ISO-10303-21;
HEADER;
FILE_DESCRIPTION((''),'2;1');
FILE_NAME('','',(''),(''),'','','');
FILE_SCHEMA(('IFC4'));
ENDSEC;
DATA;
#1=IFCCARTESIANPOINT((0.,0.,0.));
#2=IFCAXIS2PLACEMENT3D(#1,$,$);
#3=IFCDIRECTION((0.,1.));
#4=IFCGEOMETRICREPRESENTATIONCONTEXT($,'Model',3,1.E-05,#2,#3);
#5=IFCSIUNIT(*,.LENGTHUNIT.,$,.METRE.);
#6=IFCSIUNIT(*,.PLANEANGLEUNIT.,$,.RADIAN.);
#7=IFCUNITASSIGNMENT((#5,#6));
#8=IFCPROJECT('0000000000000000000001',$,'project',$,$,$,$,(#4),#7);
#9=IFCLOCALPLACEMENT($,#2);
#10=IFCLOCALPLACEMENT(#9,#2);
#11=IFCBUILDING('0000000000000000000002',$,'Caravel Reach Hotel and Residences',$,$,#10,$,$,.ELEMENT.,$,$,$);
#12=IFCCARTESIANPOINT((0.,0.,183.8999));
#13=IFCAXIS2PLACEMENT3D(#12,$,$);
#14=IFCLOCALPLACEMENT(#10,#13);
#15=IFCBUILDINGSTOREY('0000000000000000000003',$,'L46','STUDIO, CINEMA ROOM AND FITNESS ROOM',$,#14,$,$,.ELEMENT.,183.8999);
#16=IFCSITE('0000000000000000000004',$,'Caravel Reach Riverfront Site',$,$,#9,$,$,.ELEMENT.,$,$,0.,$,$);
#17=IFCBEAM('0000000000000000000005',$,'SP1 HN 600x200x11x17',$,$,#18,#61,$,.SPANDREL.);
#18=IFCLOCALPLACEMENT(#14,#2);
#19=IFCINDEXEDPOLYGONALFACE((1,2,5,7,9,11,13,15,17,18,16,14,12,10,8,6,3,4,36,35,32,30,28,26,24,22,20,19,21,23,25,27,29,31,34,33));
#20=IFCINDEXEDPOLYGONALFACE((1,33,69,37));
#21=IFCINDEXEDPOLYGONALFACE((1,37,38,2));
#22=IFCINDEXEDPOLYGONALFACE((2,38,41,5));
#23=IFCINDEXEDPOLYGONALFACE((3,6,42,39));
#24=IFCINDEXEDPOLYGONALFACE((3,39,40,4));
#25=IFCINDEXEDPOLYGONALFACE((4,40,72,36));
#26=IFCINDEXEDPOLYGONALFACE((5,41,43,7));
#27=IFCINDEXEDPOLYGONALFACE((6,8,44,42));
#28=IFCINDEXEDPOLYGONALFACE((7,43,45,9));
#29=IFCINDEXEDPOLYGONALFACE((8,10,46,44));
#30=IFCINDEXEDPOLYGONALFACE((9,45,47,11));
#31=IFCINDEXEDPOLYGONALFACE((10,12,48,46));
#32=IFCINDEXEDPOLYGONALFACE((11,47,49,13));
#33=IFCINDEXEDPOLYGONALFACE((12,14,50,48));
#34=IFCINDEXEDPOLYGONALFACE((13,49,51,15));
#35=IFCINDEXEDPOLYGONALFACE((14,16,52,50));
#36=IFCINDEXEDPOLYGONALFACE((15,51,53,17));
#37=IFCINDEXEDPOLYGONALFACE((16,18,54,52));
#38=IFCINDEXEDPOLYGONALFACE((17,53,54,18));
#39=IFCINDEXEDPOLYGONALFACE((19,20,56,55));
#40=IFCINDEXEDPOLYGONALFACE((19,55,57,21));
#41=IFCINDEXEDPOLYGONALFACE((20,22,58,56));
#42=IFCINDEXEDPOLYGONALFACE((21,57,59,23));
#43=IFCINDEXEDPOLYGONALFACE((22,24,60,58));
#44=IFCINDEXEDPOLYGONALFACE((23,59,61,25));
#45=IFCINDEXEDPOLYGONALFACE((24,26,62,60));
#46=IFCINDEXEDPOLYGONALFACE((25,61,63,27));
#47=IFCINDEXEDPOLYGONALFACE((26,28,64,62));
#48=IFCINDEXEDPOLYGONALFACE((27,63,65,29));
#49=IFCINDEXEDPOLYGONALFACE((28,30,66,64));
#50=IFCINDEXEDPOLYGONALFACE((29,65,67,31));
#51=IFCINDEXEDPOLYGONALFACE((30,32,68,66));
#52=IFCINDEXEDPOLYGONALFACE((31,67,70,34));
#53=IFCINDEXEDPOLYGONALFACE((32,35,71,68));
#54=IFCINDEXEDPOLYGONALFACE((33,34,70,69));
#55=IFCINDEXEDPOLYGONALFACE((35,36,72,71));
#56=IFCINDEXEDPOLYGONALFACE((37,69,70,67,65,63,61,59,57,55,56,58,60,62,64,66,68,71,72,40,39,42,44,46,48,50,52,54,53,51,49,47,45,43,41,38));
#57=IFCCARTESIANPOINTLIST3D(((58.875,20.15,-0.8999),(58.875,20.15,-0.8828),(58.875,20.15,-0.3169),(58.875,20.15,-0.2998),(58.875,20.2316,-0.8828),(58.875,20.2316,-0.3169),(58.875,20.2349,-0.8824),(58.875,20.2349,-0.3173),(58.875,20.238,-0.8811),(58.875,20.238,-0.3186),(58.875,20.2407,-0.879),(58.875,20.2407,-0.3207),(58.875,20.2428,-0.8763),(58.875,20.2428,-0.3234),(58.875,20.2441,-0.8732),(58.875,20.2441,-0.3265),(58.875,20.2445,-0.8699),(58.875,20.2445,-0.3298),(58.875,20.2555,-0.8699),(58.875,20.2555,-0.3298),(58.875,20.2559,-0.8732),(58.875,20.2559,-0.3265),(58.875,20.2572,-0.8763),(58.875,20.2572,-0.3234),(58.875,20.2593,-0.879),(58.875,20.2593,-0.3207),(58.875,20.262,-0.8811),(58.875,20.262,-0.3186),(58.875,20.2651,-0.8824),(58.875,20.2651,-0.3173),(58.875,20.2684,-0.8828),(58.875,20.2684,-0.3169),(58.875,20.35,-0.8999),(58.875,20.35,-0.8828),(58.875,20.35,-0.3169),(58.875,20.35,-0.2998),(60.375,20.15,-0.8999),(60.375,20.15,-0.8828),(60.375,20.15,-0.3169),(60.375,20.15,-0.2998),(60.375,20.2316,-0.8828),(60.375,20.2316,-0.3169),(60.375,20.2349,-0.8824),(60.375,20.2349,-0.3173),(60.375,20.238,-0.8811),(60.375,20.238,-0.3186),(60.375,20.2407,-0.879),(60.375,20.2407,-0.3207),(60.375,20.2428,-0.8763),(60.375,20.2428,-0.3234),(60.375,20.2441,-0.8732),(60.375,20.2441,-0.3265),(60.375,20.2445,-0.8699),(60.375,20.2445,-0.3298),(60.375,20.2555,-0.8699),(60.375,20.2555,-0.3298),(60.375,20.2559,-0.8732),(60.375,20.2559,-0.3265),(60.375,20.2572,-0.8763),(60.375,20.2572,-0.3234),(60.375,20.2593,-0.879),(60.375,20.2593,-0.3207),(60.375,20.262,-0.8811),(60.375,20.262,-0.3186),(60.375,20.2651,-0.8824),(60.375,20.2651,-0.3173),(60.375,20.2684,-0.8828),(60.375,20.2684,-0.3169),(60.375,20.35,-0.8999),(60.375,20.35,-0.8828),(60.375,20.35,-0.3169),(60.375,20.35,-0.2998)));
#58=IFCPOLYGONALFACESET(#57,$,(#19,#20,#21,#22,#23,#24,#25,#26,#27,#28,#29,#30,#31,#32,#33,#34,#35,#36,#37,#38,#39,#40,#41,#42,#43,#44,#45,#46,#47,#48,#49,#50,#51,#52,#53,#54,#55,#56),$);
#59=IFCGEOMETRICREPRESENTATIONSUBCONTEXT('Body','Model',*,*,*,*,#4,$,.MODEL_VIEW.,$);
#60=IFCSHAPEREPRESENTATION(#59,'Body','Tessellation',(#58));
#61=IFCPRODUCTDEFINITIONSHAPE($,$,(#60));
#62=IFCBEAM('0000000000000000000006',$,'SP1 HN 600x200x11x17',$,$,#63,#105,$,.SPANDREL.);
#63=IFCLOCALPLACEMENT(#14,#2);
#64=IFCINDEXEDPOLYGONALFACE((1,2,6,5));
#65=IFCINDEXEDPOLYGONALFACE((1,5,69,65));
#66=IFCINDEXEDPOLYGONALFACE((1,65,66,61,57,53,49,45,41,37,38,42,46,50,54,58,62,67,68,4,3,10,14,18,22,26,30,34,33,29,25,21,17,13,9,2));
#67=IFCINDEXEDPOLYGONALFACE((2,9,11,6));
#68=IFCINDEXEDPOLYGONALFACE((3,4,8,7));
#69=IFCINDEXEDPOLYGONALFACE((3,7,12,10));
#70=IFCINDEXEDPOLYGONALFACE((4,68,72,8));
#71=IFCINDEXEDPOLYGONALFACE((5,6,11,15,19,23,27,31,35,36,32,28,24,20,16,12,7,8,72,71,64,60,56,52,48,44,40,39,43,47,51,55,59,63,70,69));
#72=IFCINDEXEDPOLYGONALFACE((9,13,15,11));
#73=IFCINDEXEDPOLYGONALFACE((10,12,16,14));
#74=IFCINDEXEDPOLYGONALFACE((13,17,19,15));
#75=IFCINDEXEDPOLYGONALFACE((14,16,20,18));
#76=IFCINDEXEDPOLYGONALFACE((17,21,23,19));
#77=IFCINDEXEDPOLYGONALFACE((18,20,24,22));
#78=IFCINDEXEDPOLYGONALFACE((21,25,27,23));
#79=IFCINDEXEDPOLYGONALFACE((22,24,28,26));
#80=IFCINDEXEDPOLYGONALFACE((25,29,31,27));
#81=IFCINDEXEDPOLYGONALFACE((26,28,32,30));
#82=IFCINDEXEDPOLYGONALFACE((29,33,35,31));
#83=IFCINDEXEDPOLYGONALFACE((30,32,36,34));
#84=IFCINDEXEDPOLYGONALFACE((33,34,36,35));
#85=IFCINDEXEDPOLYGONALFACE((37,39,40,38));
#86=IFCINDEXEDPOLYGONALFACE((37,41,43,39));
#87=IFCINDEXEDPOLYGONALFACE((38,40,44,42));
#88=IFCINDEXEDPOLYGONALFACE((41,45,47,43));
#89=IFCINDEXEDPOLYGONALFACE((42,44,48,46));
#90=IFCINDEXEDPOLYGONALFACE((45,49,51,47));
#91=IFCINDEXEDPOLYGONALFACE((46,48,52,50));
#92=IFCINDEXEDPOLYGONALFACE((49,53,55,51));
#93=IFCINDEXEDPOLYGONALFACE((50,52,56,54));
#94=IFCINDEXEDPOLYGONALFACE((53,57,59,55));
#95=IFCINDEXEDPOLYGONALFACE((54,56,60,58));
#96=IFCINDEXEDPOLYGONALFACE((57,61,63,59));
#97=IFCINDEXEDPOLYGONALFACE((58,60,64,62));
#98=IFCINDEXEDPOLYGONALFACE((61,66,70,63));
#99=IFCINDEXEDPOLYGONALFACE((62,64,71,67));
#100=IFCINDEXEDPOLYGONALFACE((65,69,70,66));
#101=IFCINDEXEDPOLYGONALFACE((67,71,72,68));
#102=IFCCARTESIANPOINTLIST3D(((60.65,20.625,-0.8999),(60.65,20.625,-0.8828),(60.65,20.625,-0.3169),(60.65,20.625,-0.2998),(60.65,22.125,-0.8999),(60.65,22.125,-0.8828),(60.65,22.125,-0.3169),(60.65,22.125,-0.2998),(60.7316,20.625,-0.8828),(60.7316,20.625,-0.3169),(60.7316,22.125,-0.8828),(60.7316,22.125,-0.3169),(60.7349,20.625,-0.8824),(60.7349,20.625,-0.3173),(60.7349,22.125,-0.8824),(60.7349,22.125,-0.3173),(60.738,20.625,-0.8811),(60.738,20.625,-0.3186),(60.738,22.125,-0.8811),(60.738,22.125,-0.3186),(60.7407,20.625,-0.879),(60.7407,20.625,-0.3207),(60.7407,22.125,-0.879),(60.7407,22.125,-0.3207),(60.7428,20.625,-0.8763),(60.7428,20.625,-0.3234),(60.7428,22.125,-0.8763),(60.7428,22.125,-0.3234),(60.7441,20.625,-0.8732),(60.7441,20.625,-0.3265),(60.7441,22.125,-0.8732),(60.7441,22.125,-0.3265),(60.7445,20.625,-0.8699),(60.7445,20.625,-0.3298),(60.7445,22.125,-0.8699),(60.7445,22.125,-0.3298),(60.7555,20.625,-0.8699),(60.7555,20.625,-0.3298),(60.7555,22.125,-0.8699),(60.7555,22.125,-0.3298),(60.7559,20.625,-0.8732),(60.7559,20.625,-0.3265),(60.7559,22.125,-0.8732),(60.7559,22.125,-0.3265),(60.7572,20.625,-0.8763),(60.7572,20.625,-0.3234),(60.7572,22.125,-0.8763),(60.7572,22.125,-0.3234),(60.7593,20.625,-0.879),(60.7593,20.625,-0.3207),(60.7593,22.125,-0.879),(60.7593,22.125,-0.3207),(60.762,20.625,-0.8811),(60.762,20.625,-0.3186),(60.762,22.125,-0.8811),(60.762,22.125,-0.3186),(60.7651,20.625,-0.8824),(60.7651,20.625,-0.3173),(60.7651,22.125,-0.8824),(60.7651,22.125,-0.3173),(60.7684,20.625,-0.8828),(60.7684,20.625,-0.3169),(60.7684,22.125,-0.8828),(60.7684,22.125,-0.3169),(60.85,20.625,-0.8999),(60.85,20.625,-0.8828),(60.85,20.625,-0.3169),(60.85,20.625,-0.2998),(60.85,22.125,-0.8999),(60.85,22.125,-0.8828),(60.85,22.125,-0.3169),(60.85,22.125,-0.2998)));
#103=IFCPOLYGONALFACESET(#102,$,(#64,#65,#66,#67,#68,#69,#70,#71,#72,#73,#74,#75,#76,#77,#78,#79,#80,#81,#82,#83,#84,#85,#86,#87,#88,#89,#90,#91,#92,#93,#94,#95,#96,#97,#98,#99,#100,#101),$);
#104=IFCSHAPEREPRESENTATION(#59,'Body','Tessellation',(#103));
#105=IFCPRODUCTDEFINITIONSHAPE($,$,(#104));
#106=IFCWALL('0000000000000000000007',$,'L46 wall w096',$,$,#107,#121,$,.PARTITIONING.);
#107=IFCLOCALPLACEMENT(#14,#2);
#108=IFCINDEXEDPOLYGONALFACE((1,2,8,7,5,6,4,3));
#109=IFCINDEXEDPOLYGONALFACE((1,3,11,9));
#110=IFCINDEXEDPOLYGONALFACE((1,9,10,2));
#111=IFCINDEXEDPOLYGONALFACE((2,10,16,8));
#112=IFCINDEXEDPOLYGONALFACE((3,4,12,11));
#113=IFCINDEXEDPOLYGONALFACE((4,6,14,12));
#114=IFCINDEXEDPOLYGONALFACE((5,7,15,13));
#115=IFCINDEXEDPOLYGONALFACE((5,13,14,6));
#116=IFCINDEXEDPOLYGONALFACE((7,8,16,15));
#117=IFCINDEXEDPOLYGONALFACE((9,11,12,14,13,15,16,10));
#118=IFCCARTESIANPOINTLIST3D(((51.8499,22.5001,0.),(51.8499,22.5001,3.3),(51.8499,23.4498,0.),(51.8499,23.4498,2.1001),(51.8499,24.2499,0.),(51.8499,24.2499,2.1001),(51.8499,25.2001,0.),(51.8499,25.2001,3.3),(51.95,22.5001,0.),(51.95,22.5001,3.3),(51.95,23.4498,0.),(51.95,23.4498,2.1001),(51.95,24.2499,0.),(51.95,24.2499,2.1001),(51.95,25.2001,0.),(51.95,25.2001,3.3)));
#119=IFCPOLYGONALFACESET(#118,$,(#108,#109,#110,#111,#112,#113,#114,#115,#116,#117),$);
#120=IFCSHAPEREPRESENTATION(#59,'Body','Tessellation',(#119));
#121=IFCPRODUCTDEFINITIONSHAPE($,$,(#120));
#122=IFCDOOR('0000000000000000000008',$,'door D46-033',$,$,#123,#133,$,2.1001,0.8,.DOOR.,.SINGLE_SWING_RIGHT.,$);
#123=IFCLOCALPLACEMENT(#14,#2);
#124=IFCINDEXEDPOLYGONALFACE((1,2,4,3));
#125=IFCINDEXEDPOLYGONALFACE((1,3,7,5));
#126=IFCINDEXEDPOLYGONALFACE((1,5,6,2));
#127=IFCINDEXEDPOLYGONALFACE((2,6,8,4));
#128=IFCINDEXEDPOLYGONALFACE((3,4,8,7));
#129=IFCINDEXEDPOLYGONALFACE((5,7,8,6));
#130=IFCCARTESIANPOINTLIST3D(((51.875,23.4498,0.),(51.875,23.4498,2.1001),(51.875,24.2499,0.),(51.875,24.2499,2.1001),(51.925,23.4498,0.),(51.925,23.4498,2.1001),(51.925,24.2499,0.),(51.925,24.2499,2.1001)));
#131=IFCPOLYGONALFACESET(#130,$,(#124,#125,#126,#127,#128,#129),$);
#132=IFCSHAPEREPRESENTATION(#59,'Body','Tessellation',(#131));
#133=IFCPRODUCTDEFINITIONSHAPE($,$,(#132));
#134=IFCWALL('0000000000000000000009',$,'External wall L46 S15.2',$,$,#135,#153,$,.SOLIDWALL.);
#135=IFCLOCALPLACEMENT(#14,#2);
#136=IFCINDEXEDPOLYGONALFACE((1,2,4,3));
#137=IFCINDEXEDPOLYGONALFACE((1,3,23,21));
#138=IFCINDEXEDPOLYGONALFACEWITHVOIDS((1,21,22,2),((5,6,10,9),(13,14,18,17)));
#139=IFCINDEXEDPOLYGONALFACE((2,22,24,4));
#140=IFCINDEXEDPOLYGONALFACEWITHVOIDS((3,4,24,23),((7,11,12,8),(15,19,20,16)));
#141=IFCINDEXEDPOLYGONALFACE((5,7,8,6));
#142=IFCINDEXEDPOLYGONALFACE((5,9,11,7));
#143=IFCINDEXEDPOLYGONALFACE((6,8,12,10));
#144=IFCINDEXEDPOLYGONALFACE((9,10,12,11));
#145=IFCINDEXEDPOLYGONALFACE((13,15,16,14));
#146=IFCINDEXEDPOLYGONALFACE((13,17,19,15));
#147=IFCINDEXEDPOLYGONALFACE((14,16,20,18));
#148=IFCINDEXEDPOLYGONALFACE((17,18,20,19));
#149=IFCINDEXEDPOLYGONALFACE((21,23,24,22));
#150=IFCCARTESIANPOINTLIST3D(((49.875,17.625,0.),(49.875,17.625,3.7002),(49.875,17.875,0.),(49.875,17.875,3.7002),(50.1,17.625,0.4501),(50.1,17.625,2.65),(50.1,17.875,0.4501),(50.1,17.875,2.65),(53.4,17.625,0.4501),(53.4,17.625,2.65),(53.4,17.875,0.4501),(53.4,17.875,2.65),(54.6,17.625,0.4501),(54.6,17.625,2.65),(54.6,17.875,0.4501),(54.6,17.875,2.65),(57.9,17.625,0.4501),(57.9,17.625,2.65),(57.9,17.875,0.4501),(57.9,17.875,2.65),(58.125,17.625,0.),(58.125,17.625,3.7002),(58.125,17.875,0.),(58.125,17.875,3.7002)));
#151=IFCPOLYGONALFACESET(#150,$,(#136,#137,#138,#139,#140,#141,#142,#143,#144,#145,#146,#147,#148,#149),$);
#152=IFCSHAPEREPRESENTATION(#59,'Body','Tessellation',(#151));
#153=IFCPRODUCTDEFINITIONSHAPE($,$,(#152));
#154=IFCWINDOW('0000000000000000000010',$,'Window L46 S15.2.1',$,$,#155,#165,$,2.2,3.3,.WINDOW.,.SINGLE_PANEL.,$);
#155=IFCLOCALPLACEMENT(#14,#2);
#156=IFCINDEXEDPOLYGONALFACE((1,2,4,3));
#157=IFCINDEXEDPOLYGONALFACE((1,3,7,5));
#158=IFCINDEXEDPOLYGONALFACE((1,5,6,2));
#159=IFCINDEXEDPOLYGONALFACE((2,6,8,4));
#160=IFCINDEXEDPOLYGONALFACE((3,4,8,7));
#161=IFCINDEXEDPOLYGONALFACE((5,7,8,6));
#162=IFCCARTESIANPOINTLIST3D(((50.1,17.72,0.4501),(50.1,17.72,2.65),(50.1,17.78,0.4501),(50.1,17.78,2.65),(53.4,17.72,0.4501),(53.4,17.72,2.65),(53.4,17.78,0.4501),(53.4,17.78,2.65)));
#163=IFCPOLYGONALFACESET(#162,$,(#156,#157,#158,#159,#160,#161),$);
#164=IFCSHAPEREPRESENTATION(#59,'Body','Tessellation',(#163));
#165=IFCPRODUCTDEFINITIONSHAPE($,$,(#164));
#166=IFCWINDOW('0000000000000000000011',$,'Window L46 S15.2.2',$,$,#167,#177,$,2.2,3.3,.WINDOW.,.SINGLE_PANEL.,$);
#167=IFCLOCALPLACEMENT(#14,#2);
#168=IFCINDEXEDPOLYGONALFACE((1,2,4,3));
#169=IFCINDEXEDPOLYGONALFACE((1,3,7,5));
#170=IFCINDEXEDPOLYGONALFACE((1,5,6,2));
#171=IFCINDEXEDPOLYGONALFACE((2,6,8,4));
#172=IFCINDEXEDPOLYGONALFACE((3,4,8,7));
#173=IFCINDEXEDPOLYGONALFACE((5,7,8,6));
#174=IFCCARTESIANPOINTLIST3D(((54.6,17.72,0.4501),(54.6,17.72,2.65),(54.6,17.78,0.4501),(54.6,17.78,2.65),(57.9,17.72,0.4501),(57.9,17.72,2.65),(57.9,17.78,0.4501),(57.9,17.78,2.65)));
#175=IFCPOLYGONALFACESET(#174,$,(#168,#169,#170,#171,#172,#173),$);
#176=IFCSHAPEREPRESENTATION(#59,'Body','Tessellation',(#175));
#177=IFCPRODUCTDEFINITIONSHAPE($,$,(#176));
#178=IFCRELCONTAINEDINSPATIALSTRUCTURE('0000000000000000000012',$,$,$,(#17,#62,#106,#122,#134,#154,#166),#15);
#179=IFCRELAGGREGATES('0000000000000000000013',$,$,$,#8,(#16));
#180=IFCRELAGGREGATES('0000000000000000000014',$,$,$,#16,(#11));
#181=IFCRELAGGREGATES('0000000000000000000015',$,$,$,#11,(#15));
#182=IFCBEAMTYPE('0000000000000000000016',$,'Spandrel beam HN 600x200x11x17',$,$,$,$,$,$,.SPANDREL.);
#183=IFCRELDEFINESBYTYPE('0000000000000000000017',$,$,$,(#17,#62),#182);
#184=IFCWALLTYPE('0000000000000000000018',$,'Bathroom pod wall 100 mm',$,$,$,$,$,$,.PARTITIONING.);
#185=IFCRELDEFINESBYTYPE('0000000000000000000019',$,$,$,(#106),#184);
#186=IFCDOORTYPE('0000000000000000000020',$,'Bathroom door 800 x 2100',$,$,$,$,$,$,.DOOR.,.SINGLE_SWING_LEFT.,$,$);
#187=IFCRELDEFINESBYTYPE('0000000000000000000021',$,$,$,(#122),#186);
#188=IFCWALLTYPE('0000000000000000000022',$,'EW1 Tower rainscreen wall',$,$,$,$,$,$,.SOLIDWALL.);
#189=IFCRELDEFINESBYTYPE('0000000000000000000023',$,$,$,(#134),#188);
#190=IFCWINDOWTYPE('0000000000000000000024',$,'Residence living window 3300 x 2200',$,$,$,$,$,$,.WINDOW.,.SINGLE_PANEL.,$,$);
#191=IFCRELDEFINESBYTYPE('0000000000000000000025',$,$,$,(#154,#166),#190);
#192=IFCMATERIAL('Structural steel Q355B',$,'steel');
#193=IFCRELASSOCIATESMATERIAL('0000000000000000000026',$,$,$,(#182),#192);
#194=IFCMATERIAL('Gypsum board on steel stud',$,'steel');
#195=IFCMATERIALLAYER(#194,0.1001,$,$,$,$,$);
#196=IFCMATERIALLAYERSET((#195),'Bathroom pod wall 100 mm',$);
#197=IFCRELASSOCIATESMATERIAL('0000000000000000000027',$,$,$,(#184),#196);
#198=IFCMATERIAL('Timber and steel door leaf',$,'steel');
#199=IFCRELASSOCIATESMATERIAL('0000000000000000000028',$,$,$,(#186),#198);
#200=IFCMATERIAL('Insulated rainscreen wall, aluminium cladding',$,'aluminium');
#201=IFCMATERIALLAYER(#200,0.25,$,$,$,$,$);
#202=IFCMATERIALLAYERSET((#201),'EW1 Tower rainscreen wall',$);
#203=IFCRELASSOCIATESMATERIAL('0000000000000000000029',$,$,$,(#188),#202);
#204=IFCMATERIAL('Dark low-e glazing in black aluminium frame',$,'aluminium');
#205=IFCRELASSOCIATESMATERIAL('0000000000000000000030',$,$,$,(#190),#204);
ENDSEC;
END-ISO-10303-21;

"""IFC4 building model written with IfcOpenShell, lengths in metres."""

from ifc_helpers import new_model, si_unit, direction, frame, frame_2d, origin, origin_2d, place, context, subcontext, project, spatial, rectangle, i_section, extrude, material, layer, layer_set, material_profile, profile_set, type_object, element, fill, save


model = new_model("IFC4")

# Units and contexts
model_context = context("Model", 3, precision=1e-05, world=origin(), true_north=direction((0.0, 1.0)))
body_context = subcontext(model_context, "Body", "Model", "MODEL_VIEW")
ifc_project = project(units=[si_unit("LENGTHUNIT", "METRE"), si_unit("PLANEANGLEUNIT", "RADIAN")], contexts=[model_context])

# Site, building, storey
site_placement = place(None, origin())
site = spatial("IfcSite", under=ifc_project, at=site_placement, Name="Caravel Reach Riverfront Site", CompositionType="ELEMENT", RefElevation=0.0)
building_placement = place(site_placement, origin())
building = spatial("IfcBuilding", under=site, at=building_placement, Name="Caravel Reach Hotel and Residences", CompositionType="ELEMENT")
storey_placement = place(building_placement, frame((0.0, 0.0, 183.8999)))
storey = spatial("IfcBuildingStorey", under=building, at=storey_placement, Name="L46", Description="STUDIO, CINEMA ROOM AND FITNESS ROOM", CompositionType="ELEMENT", Elevation=183.8999)

# Beams
ifc_material_1 = material(Name="Structural steel Q355B", Category="steel")
ifc_material_profile_1 = material_profile(ifc_material_1, i_section(OverallWidth=0.2, OverallDepth=0.6001, WebThickness=0.011, FlangeThickness=0.0171, FilletRadius=0.0129, at=origin_2d()), Name="HN 600x200x11x17")
ifc_profile_set_1 = profile_set([ifc_material_profile_1], Name="Structural steel Q355B")
beam_type_1 = type_object("IfcBeamType", Name="Spandrel beam HN 600x200x11x17", PredefinedType="SPANDREL", material=ifc_profile_set_1)
for number, where, z_axis, x_axis, name in (
    (1, (58.875, 20.25, -0.5999), (1.0, 0.0, 0.0), (0.0, 1.0, 0.0), "SP1 HN 600x200x11x17"),
    (2, (60.75, 20.625, -0.5999), (0.0, 1.0, 0.0), (-1.0, 0.0, 0.0), "SP1 HN 600x200x11x17"),
):
    element("IfcBeam", number, at=place(storey_placement, frame(where, z_axis=z_axis, x_axis=x_axis)), inside=storey, type_object=beam_type_1, Name=name, PredefinedType="SPANDREL", context=body_context, shape_type="SweptSolid", body=[
        extrude(i_section(OverallWidth=0.2, OverallDepth=0.6001, WebThickness=0.011, FlangeThickness=0.0171, FilletRadius=0.0129, at=origin_2d()), origin(), (0.0, 0.0, 1.0), 1.5),
    ])

# Wall, opening, door
ifc_material_2 = material(Name="Gypsum board on steel stud", Category="steel")
ifc_layer_1 = layer(ifc_material_2, 0.1001)
ifc_layer_set_1 = layer_set([ifc_layer_1], Name="Bathroom pod wall 100 mm")
wall_type_1 = type_object("IfcWallType", Name="Bathroom pod wall 100 mm", PredefinedType="PARTITIONING", material=ifc_layer_set_1)
wall_1_placement = place(storey_placement, frame((51.8999, 22.5, 0.0), z_axis=(0.0, 0.0, 1.0), x_axis=(0.0, 1.0, 0.0)))
wall_1 = element("IfcWall", 3, at=wall_1_placement, inside=storey, type_object=wall_type_1, Name="L46 wall w096", PredefinedType="PARTITIONING", context=body_context, shape_type="SweptSolid", body=[
    extrude(rectangle(XDim=2.7, YDim=0.1001, at=frame_2d((1.3501, 0.0))), origin(), (0.0, 0.0, 1.0), 3.3),
])
opening_1_placement = place(wall_1_placement, frame((0.95, 0.0, 0.0)))
opening_1 = element("IfcOpeningElement", 4, at=opening_1_placement, cuts=wall_1, PredefinedType="OPENING", context=body_context, shape_type="SweptSolid", body=[
    extrude(rectangle(XDim=0.8, YDim=2.1001, at=frame_2d((0.3999, 1.05))), frame((0.0, 0.0601, 0.0), z_axis=(0.0, -1.0, 0.0), x_axis=(1.0, 0.0, 0.0)), (0.0, 0.0, 1.0), 0.1201),
])
ifc_material_3 = material(Name="Timber and steel door leaf", Category="steel")
door_type_1 = type_object("IfcDoorType", Name="Bathroom door 800 x 2100", OperationType="SINGLE_SWING_LEFT", PredefinedType="DOOR", material=ifc_material_3)
door_1_placement = place(opening_1_placement, origin())
door_1 = element("IfcDoor", 5, at=door_1_placement, inside=storey, type_object=door_type_1, Name="door D46-033", OperationType="SINGLE_SWING_RIGHT", OverallHeight=2.1001, OverallWidth=0.8, PredefinedType="DOOR", context=body_context, shape_type="SweptSolid", body=[
    extrude(rectangle(XDim=0.8, YDim=2.1001, at=frame_2d((0.3999, 1.05))), frame((0.0, 0.0249, 0.0), z_axis=(0.0, -1.0, 0.0), x_axis=(1.0, 0.0, 0.0)), (0.0, 0.0, 1.0), 0.05),
])
fill(opening_1, door_1)

# Wall, openings, windows
ifc_material_4 = material(Name="Insulated rainscreen wall, aluminium cladding", Category="aluminium")
ifc_layer_2 = layer(ifc_material_4, 0.25)
ifc_layer_set_2 = layer_set([ifc_layer_2], Name="EW1 Tower rainscreen wall")
wall_type_2 = type_object("IfcWallType", Name="EW1 Tower rainscreen wall", PredefinedType="SOLIDWALL", material=ifc_layer_set_2)
wall_2_placement = place(storey_placement, frame((49.875, 17.75, 0.0), z_axis=(0.0, 0.0, 1.0), x_axis=(1.0, 0.0, 0.0)))
wall_2 = element("IfcWall", 6, at=wall_2_placement, inside=storey, type_object=wall_type_2, Name="External wall L46 S15.2", PredefinedType="SOLIDWALL", context=body_context, shape_type="SweptSolid", body=[
    extrude(rectangle(XDim=8.25, YDim=0.25, at=frame_2d((4.125, 0.0))), origin(), (0.0, 0.0, 1.0), 3.7002),
])
opening_2_placement = place(wall_2_placement, frame((0.2251, 0.0, 0.45)))
opening_2 = element("IfcOpeningElement", 7, at=opening_2_placement, cuts=wall_2, PredefinedType="OPENING", context=body_context, shape_type="SweptSolid", body=[
    extrude(rectangle(XDim=3.3, YDim=2.2, at=frame_2d((1.6499, 1.1001))), frame((0.0, 0.135, 0.0), z_axis=(0.0, -1.0, 0.0), x_axis=(1.0, 0.0, 0.0)), (0.0, 0.0, 1.0), 0.27),
])
opening_3_placement = place(wall_2_placement, frame((4.7251, 0.0, 0.45)))
opening_3 = element("IfcOpeningElement", 8, at=opening_3_placement, cuts=wall_2, PredefinedType="OPENING", context=body_context, shape_type="SweptSolid", body=[
    extrude(rectangle(XDim=3.3, YDim=2.2, at=frame_2d((1.6499, 1.1001))), frame((0.0, 0.135, 0.0), z_axis=(0.0, -1.0, 0.0), x_axis=(1.0, 0.0, 0.0)), (0.0, 0.0, 1.0), 0.27),
])
ifc_material_5 = material(Name="Dark low-e glazing in black aluminium frame", Category="aluminium")
window_type_1 = type_object("IfcWindowType", Name="Residence living window 3300 x 2200", PartitioningType="SINGLE_PANEL", PredefinedType="WINDOW", material=ifc_material_5)
window_1_placement = place(opening_2_placement, origin())
window_1 = element("IfcWindow", 9, at=window_1_placement, inside=storey, type_object=window_type_1, Name="Window L46 S15.2.1", OverallHeight=2.2, OverallWidth=3.3, PartitioningType="SINGLE_PANEL", PredefinedType="WINDOW", context=body_context, shape_type="SweptSolid", body=[
    extrude(rectangle(XDim=3.3, YDim=2.2, at=frame_2d((1.6499, 1.1001))), frame((0.0, 0.03, 0.0), z_axis=(0.0, -1.0, 0.0), x_axis=(1.0, 0.0, 0.0)), (0.0, 0.0, 1.0), 0.0601),
])
fill(opening_2, window_1)
window_2_placement = place(opening_3_placement, origin())
window_2 = element("IfcWindow", 10, at=window_2_placement, inside=storey, type_object=window_type_1, Name="Window L46 S15.2.2", OverallHeight=2.2, OverallWidth=3.3, PartitioningType="SINGLE_PANEL", PredefinedType="WINDOW", context=body_context, shape_type="SweptSolid", body=[
    extrude(rectangle(XDim=3.3, YDim=2.2, at=frame_2d((1.6499, 1.1001))), frame((0.0, 0.03, 0.0), z_axis=(0.0, -1.0, 0.0), x_axis=(1.0, 0.0, 0.0)), (0.0, 0.0, 1.0), 0.0601),
])
fill(opening_3, window_2)

save(model, "model.ifc")
